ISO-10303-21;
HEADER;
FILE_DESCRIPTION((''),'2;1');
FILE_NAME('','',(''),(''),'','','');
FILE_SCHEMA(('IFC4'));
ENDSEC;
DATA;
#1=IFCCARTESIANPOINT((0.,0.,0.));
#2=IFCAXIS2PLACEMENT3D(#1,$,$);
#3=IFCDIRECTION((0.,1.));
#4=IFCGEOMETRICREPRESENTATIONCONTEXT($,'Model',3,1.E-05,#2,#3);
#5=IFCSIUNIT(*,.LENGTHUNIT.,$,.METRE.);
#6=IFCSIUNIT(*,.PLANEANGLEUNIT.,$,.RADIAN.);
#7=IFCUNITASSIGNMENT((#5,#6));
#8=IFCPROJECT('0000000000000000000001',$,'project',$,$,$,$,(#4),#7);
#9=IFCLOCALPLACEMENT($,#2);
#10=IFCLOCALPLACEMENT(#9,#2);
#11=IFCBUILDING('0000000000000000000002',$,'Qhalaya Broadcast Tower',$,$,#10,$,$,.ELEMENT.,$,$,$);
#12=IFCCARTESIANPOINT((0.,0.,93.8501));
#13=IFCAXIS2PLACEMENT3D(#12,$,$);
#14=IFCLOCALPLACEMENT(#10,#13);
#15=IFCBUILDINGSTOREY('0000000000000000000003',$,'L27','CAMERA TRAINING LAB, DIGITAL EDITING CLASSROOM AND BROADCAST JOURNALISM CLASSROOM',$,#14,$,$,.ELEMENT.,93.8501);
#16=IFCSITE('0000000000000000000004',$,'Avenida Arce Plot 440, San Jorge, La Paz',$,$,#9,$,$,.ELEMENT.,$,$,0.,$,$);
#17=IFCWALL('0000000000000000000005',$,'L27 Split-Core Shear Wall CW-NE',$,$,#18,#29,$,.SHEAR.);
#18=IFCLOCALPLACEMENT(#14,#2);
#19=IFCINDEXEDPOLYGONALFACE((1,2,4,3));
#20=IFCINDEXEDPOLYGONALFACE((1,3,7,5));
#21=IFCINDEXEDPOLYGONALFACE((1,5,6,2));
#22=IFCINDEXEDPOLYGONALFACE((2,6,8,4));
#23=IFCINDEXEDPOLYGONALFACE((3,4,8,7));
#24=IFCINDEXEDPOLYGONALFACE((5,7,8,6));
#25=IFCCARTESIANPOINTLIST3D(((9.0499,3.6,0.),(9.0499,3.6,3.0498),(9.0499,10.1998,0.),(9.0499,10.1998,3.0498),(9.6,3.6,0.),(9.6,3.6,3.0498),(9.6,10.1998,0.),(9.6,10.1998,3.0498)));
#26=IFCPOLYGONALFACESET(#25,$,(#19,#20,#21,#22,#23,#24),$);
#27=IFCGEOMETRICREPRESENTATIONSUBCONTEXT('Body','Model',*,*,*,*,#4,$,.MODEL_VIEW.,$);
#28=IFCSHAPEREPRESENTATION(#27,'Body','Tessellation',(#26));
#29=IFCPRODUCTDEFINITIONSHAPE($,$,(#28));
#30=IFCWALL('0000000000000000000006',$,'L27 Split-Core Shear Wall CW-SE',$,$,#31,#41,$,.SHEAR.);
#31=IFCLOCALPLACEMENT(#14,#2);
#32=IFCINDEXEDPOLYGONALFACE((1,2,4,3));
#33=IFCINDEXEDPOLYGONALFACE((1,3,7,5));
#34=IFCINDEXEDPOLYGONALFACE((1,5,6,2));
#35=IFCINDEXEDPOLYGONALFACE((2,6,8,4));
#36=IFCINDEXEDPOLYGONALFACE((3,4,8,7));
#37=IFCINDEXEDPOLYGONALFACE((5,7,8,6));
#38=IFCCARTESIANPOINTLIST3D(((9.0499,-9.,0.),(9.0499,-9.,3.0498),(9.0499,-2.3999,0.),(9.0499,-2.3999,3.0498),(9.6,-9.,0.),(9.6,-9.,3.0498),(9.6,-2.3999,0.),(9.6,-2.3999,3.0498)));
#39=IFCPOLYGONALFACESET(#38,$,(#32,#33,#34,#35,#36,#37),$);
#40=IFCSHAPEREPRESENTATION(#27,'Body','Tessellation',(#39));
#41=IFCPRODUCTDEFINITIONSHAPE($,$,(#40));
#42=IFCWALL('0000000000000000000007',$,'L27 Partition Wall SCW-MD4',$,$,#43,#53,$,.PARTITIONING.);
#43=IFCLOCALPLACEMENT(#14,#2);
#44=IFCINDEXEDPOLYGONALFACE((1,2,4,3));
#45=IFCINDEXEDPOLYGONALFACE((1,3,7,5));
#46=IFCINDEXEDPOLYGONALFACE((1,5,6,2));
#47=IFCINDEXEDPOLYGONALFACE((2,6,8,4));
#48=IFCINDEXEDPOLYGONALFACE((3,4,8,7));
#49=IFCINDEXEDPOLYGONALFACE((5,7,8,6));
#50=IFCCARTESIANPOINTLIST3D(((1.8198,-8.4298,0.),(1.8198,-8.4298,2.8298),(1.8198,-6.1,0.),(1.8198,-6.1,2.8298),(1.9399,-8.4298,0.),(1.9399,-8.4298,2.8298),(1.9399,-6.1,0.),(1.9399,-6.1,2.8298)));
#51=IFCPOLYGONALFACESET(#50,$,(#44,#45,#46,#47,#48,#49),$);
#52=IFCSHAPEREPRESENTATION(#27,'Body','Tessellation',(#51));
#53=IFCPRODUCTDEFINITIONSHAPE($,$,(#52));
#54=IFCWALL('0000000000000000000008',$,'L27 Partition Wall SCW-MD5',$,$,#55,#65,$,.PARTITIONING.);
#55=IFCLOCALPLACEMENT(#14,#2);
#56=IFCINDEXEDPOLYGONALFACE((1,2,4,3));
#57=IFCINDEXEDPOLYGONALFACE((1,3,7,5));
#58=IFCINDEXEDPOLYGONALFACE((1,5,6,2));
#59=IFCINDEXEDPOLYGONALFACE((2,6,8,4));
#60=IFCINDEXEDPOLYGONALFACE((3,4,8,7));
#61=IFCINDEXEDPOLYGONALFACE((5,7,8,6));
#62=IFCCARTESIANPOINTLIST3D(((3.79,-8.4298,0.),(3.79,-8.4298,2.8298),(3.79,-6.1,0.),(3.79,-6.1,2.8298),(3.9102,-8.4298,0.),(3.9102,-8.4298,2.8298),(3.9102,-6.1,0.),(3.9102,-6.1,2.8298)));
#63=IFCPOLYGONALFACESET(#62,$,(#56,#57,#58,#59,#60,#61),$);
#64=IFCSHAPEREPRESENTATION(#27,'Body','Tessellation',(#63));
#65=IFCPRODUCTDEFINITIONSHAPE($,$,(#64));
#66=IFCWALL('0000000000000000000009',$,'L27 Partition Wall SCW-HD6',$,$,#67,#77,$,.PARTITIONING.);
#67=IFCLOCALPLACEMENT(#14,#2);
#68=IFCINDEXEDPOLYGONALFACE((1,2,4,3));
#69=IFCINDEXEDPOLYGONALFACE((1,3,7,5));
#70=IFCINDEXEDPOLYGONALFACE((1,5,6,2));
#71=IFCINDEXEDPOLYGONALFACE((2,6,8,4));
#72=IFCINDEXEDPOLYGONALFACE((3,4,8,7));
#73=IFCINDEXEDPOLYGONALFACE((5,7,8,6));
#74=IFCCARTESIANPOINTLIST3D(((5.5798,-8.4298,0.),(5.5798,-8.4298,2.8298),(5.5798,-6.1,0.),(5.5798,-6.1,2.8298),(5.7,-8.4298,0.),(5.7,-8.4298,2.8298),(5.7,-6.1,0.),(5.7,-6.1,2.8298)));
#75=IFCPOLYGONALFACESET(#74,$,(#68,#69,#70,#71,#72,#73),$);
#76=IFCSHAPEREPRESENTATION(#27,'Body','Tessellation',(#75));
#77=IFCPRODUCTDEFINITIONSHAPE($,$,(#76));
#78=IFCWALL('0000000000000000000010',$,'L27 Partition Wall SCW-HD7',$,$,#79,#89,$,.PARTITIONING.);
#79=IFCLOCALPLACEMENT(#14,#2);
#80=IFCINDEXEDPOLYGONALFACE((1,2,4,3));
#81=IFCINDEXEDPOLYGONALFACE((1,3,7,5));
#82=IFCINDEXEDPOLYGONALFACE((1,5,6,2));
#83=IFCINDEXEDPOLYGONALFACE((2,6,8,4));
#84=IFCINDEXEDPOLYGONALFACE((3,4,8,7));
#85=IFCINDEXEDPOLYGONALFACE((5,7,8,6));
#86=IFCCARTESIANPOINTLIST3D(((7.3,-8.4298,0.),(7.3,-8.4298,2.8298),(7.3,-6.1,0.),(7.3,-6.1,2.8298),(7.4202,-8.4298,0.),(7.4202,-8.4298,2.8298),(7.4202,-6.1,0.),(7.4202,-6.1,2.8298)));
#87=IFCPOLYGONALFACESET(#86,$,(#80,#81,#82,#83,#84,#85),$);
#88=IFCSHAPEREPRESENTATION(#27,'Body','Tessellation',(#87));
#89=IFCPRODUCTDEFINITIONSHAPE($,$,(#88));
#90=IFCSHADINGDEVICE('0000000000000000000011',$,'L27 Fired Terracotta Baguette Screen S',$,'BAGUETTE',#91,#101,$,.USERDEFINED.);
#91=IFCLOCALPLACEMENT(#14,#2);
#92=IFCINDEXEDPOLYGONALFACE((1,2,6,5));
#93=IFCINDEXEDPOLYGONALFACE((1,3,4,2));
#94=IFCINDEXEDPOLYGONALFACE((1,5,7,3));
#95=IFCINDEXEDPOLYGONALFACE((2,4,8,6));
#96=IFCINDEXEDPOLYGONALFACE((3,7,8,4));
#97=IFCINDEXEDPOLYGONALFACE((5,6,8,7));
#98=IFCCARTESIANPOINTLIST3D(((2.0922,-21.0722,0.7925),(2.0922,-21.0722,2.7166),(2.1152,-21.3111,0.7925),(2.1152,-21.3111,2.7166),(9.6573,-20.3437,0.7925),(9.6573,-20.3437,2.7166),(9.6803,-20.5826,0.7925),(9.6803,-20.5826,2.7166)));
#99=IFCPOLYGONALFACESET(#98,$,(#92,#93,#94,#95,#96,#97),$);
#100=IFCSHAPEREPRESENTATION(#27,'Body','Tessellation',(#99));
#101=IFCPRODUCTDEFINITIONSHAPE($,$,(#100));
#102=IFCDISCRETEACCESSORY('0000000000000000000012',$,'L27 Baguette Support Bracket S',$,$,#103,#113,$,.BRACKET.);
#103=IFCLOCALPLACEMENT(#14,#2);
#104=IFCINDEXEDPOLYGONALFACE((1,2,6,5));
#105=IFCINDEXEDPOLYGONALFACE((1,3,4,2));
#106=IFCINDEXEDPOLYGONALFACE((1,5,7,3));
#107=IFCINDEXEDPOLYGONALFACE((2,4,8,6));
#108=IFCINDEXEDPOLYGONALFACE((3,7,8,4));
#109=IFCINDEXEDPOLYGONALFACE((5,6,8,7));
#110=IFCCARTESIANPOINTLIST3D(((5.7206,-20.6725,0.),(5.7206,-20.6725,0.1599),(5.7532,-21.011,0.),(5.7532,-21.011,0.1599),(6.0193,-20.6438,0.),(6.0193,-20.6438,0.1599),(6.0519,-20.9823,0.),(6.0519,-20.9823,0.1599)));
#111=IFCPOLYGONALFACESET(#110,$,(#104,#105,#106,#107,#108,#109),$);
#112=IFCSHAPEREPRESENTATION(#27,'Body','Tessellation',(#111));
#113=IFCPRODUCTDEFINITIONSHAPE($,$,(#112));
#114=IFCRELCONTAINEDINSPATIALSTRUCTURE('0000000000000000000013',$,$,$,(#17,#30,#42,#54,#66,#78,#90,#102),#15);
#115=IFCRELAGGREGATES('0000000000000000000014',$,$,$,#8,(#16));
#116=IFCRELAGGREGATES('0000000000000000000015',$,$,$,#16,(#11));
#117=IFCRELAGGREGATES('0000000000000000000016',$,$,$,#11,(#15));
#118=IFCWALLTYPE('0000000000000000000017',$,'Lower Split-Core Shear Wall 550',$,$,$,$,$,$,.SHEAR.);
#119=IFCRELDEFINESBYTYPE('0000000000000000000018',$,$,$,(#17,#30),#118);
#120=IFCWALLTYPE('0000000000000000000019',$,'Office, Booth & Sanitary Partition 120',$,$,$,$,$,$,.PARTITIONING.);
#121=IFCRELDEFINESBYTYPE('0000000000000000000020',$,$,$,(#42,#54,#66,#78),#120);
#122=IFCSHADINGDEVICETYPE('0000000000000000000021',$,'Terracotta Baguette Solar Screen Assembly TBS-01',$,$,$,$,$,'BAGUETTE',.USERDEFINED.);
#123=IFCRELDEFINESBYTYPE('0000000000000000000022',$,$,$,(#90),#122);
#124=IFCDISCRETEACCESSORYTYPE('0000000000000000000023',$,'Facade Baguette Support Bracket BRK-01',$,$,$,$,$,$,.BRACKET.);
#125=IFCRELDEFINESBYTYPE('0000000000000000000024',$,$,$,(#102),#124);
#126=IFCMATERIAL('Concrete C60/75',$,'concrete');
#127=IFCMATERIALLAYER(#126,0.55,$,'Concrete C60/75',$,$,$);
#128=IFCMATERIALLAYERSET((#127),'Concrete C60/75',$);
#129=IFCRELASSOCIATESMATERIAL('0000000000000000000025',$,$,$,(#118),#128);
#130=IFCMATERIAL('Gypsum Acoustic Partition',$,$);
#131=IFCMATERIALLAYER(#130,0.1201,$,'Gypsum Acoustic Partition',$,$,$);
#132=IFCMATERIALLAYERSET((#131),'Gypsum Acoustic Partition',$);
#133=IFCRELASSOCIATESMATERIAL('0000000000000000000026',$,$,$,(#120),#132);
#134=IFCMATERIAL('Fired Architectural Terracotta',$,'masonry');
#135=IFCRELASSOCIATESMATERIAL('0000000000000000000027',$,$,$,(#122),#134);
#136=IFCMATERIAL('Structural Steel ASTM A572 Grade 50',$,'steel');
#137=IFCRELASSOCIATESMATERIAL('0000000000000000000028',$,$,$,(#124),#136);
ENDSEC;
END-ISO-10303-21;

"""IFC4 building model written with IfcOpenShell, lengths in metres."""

from ifc_helpers import new_model, si_unit, direction, frame, frame_2d, origin, origin_2d, place, context, subcontext, project, spatial, rectangle, extrude, material, layer, layer_set, type_object, element, save


model = new_model("IFC4")

# Units and contexts
model_context = context("Model", 3, precision=1e-05, world=origin(), true_north=direction((0.0, 1.0)))
body_context = subcontext(model_context, "Body", "Model", "MODEL_VIEW")
ifc_project = project(units=[si_unit("LENGTHUNIT", "METRE"), si_unit("PLANEANGLEUNIT", "RADIAN")], contexts=[model_context])

# Site, building, storey
site_placement = place(None, origin())
site = spatial("IfcSite", under=ifc_project, at=site_placement, Name="Avenida Arce Plot 440, San Jorge, La Paz", CompositionType="ELEMENT", RefElevation=0.0)
building_placement = place(site_placement, origin())
building = spatial("IfcBuilding", under=site, at=building_placement, Name="Qhalaya Broadcast Tower", CompositionType="ELEMENT")
storey_placement = place(building_placement, frame((0.0, 0.0, 93.8501)))
storey = spatial("IfcBuildingStorey", under=building, at=storey_placement, Name="L27", Description="CAMERA TRAINING LAB, DIGITAL EDITING CLASSROOM AND BROADCAST JOURNALISM CLASSROOM", CompositionType="ELEMENT", Elevation=93.8501)

# Shared definitions
ifc_material_1 = material(Name="Structural Steel ASTM A572 Grade 50", Category="steel")

# Shared definitions
ifc_material_2 = material(Name="Gypsum Acoustic Partition")

# Walls
ifc_material_3 = material(Name="Concrete C60/75", Category="concrete")
ifc_layer_1 = layer(ifc_material_3, 0.55, Name="Concrete C60/75")
ifc_layer_set_1 = layer_set([ifc_layer_1], Name="Concrete C60/75")
wall_type_1 = type_object("IfcWallType", Name="Lower Split-Core Shear Wall 550", PredefinedType="SHEAR", material=ifc_layer_set_1)
wall_1_placement = place(storey_placement, frame((9.325, 3.6001, 0.0), z_axis=(0.0, 0.0, 1.0), x_axis=(0.0, 1.0, 0.0)))
element("IfcWall", 1, at=wall_1_placement, inside=storey, type_object=wall_type_1, Name="L27 Split-Core Shear Wall CW-NE", PredefinedType="SHEAR", context=body_context, shape_type="SweptSolid", body=[
    extrude(rectangle(XDim=6.5999, YDim=0.55, at=frame_2d((3.2998, 0.0))), origin(), (0.0, 0.0, 1.0), 3.0498),
])
wall_2_placement = place(storey_placement, frame((9.325, -9.0, 0.0), z_axis=(0.0, 0.0, 1.0), x_axis=(0.0, 1.0, 0.0)))
element("IfcWall", 2, at=wall_2_placement, inside=storey, type_object=wall_type_1, Name="L27 Split-Core Shear Wall CW-SE", PredefinedType="SHEAR", context=body_context, shape_type="SweptSolid", body=[
    extrude(rectangle(XDim=6.6001, YDim=0.55, at=frame_2d((3.3, 0.0))), origin(), (0.0, 0.0, 1.0), 3.0498),
])
ifc_layer_2 = layer(ifc_material_2, 0.1201, Name="Gypsum Acoustic Partition")
ifc_layer_set_2 = layer_set([ifc_layer_2], Name="Gypsum Acoustic Partition")
wall_type_2 = type_object("IfcWallType", Name="Office, Booth & Sanitary Partition 120", PredefinedType="PARTITIONING", material=ifc_layer_set_2)
for number, where, z_axis, x_axis, name in (
    (3, (1.8799, -8.4299, 0.0), (0.0, 0.0, 1.0), (0.0, 1.0, 0.0), "L27 Partition Wall SCW-MD4"),
    (4, (3.8501, -8.4299, 0.0), (0.0, 0.0, 1.0), (0.0, 1.0, 0.0), "L27 Partition Wall SCW-MD5"),
    (5, (5.6399, -8.4299, 0.0), (0.0, 0.0, 1.0), (0.0, 1.0, 0.0), "L27 Partition Wall SCW-HD6"),
    (6, (7.3601, -8.4299, 0.0), (0.0, 0.0, 1.0), (0.0, 1.0, 0.0), "L27 Partition Wall SCW-HD7"),
):
    element("IfcWall", number, at=place(storey_placement, frame(where, z_axis=z_axis, x_axis=x_axis)), inside=storey, type_object=wall_type_2, Name=name, PredefinedType="PARTITIONING", context=body_context, shape_type="SweptSolid", body=[
        extrude(rectangle(XDim=2.3298, YDim=0.1201, at=frame_2d((1.165, 0.0))), origin(), (0.0, 0.0, 1.0), 2.8298),
    ])

# Shading device
ifc_material_4 = material(Name="Fired Architectural Terracotta", Category="masonry")
shading_device_type = type_object("IfcShadingDeviceType", Name="Terracotta Baguette Solar Screen Assembly TBS-01", ElementType="BAGUETTE", PredefinedType="USERDEFINED", material=ifc_material_4)
shading_device_placement = place(storey_placement, frame((5.8862, -20.8274, 0.7925), z_axis=(0.0, 0.0, 1.0), x_axis=(0.995396, 0.095846, 0.0)))
element("IfcShadingDevice", 7, at=shading_device_placement, inside=storey, type_object=shading_device_type, Name="L27 Fired Terracotta Baguette Screen S", ObjectType="BAGUETTE", PredefinedType="USERDEFINED", context=body_context, shape_type="SweptSolid", body=[
    extrude(rectangle(XDim=7.6001, YDim=0.24, at=origin_2d()), origin(), (0.0, 0.0, 1.0), 1.9241),
])

# Discrete accessory
discrete_accessory_type = type_object("IfcDiscreteAccessoryType", Name="Facade Baguette Support Bracket BRK-01", PredefinedType="BRACKET", material=ifc_material_1)
discrete_accessory_placement = place(storey_placement, frame((5.8862, -20.8274, 0.0), z_axis=(0.0, 0.0, 1.0), x_axis=(0.995396, 0.095846, 0.0)))
element("IfcDiscreteAccessory", 8, at=discrete_accessory_placement, inside=storey, type_object=discrete_accessory_type, Name="L27 Baguette Support Bracket S", PredefinedType="BRACKET", context=body_context, shape_type="SweptSolid", body=[
    extrude(rectangle(XDim=0.3, YDim=0.3401, at=origin_2d()), origin(), (0.0, 0.0, 1.0), 0.1599),
])

save(model, "model.ifc")
